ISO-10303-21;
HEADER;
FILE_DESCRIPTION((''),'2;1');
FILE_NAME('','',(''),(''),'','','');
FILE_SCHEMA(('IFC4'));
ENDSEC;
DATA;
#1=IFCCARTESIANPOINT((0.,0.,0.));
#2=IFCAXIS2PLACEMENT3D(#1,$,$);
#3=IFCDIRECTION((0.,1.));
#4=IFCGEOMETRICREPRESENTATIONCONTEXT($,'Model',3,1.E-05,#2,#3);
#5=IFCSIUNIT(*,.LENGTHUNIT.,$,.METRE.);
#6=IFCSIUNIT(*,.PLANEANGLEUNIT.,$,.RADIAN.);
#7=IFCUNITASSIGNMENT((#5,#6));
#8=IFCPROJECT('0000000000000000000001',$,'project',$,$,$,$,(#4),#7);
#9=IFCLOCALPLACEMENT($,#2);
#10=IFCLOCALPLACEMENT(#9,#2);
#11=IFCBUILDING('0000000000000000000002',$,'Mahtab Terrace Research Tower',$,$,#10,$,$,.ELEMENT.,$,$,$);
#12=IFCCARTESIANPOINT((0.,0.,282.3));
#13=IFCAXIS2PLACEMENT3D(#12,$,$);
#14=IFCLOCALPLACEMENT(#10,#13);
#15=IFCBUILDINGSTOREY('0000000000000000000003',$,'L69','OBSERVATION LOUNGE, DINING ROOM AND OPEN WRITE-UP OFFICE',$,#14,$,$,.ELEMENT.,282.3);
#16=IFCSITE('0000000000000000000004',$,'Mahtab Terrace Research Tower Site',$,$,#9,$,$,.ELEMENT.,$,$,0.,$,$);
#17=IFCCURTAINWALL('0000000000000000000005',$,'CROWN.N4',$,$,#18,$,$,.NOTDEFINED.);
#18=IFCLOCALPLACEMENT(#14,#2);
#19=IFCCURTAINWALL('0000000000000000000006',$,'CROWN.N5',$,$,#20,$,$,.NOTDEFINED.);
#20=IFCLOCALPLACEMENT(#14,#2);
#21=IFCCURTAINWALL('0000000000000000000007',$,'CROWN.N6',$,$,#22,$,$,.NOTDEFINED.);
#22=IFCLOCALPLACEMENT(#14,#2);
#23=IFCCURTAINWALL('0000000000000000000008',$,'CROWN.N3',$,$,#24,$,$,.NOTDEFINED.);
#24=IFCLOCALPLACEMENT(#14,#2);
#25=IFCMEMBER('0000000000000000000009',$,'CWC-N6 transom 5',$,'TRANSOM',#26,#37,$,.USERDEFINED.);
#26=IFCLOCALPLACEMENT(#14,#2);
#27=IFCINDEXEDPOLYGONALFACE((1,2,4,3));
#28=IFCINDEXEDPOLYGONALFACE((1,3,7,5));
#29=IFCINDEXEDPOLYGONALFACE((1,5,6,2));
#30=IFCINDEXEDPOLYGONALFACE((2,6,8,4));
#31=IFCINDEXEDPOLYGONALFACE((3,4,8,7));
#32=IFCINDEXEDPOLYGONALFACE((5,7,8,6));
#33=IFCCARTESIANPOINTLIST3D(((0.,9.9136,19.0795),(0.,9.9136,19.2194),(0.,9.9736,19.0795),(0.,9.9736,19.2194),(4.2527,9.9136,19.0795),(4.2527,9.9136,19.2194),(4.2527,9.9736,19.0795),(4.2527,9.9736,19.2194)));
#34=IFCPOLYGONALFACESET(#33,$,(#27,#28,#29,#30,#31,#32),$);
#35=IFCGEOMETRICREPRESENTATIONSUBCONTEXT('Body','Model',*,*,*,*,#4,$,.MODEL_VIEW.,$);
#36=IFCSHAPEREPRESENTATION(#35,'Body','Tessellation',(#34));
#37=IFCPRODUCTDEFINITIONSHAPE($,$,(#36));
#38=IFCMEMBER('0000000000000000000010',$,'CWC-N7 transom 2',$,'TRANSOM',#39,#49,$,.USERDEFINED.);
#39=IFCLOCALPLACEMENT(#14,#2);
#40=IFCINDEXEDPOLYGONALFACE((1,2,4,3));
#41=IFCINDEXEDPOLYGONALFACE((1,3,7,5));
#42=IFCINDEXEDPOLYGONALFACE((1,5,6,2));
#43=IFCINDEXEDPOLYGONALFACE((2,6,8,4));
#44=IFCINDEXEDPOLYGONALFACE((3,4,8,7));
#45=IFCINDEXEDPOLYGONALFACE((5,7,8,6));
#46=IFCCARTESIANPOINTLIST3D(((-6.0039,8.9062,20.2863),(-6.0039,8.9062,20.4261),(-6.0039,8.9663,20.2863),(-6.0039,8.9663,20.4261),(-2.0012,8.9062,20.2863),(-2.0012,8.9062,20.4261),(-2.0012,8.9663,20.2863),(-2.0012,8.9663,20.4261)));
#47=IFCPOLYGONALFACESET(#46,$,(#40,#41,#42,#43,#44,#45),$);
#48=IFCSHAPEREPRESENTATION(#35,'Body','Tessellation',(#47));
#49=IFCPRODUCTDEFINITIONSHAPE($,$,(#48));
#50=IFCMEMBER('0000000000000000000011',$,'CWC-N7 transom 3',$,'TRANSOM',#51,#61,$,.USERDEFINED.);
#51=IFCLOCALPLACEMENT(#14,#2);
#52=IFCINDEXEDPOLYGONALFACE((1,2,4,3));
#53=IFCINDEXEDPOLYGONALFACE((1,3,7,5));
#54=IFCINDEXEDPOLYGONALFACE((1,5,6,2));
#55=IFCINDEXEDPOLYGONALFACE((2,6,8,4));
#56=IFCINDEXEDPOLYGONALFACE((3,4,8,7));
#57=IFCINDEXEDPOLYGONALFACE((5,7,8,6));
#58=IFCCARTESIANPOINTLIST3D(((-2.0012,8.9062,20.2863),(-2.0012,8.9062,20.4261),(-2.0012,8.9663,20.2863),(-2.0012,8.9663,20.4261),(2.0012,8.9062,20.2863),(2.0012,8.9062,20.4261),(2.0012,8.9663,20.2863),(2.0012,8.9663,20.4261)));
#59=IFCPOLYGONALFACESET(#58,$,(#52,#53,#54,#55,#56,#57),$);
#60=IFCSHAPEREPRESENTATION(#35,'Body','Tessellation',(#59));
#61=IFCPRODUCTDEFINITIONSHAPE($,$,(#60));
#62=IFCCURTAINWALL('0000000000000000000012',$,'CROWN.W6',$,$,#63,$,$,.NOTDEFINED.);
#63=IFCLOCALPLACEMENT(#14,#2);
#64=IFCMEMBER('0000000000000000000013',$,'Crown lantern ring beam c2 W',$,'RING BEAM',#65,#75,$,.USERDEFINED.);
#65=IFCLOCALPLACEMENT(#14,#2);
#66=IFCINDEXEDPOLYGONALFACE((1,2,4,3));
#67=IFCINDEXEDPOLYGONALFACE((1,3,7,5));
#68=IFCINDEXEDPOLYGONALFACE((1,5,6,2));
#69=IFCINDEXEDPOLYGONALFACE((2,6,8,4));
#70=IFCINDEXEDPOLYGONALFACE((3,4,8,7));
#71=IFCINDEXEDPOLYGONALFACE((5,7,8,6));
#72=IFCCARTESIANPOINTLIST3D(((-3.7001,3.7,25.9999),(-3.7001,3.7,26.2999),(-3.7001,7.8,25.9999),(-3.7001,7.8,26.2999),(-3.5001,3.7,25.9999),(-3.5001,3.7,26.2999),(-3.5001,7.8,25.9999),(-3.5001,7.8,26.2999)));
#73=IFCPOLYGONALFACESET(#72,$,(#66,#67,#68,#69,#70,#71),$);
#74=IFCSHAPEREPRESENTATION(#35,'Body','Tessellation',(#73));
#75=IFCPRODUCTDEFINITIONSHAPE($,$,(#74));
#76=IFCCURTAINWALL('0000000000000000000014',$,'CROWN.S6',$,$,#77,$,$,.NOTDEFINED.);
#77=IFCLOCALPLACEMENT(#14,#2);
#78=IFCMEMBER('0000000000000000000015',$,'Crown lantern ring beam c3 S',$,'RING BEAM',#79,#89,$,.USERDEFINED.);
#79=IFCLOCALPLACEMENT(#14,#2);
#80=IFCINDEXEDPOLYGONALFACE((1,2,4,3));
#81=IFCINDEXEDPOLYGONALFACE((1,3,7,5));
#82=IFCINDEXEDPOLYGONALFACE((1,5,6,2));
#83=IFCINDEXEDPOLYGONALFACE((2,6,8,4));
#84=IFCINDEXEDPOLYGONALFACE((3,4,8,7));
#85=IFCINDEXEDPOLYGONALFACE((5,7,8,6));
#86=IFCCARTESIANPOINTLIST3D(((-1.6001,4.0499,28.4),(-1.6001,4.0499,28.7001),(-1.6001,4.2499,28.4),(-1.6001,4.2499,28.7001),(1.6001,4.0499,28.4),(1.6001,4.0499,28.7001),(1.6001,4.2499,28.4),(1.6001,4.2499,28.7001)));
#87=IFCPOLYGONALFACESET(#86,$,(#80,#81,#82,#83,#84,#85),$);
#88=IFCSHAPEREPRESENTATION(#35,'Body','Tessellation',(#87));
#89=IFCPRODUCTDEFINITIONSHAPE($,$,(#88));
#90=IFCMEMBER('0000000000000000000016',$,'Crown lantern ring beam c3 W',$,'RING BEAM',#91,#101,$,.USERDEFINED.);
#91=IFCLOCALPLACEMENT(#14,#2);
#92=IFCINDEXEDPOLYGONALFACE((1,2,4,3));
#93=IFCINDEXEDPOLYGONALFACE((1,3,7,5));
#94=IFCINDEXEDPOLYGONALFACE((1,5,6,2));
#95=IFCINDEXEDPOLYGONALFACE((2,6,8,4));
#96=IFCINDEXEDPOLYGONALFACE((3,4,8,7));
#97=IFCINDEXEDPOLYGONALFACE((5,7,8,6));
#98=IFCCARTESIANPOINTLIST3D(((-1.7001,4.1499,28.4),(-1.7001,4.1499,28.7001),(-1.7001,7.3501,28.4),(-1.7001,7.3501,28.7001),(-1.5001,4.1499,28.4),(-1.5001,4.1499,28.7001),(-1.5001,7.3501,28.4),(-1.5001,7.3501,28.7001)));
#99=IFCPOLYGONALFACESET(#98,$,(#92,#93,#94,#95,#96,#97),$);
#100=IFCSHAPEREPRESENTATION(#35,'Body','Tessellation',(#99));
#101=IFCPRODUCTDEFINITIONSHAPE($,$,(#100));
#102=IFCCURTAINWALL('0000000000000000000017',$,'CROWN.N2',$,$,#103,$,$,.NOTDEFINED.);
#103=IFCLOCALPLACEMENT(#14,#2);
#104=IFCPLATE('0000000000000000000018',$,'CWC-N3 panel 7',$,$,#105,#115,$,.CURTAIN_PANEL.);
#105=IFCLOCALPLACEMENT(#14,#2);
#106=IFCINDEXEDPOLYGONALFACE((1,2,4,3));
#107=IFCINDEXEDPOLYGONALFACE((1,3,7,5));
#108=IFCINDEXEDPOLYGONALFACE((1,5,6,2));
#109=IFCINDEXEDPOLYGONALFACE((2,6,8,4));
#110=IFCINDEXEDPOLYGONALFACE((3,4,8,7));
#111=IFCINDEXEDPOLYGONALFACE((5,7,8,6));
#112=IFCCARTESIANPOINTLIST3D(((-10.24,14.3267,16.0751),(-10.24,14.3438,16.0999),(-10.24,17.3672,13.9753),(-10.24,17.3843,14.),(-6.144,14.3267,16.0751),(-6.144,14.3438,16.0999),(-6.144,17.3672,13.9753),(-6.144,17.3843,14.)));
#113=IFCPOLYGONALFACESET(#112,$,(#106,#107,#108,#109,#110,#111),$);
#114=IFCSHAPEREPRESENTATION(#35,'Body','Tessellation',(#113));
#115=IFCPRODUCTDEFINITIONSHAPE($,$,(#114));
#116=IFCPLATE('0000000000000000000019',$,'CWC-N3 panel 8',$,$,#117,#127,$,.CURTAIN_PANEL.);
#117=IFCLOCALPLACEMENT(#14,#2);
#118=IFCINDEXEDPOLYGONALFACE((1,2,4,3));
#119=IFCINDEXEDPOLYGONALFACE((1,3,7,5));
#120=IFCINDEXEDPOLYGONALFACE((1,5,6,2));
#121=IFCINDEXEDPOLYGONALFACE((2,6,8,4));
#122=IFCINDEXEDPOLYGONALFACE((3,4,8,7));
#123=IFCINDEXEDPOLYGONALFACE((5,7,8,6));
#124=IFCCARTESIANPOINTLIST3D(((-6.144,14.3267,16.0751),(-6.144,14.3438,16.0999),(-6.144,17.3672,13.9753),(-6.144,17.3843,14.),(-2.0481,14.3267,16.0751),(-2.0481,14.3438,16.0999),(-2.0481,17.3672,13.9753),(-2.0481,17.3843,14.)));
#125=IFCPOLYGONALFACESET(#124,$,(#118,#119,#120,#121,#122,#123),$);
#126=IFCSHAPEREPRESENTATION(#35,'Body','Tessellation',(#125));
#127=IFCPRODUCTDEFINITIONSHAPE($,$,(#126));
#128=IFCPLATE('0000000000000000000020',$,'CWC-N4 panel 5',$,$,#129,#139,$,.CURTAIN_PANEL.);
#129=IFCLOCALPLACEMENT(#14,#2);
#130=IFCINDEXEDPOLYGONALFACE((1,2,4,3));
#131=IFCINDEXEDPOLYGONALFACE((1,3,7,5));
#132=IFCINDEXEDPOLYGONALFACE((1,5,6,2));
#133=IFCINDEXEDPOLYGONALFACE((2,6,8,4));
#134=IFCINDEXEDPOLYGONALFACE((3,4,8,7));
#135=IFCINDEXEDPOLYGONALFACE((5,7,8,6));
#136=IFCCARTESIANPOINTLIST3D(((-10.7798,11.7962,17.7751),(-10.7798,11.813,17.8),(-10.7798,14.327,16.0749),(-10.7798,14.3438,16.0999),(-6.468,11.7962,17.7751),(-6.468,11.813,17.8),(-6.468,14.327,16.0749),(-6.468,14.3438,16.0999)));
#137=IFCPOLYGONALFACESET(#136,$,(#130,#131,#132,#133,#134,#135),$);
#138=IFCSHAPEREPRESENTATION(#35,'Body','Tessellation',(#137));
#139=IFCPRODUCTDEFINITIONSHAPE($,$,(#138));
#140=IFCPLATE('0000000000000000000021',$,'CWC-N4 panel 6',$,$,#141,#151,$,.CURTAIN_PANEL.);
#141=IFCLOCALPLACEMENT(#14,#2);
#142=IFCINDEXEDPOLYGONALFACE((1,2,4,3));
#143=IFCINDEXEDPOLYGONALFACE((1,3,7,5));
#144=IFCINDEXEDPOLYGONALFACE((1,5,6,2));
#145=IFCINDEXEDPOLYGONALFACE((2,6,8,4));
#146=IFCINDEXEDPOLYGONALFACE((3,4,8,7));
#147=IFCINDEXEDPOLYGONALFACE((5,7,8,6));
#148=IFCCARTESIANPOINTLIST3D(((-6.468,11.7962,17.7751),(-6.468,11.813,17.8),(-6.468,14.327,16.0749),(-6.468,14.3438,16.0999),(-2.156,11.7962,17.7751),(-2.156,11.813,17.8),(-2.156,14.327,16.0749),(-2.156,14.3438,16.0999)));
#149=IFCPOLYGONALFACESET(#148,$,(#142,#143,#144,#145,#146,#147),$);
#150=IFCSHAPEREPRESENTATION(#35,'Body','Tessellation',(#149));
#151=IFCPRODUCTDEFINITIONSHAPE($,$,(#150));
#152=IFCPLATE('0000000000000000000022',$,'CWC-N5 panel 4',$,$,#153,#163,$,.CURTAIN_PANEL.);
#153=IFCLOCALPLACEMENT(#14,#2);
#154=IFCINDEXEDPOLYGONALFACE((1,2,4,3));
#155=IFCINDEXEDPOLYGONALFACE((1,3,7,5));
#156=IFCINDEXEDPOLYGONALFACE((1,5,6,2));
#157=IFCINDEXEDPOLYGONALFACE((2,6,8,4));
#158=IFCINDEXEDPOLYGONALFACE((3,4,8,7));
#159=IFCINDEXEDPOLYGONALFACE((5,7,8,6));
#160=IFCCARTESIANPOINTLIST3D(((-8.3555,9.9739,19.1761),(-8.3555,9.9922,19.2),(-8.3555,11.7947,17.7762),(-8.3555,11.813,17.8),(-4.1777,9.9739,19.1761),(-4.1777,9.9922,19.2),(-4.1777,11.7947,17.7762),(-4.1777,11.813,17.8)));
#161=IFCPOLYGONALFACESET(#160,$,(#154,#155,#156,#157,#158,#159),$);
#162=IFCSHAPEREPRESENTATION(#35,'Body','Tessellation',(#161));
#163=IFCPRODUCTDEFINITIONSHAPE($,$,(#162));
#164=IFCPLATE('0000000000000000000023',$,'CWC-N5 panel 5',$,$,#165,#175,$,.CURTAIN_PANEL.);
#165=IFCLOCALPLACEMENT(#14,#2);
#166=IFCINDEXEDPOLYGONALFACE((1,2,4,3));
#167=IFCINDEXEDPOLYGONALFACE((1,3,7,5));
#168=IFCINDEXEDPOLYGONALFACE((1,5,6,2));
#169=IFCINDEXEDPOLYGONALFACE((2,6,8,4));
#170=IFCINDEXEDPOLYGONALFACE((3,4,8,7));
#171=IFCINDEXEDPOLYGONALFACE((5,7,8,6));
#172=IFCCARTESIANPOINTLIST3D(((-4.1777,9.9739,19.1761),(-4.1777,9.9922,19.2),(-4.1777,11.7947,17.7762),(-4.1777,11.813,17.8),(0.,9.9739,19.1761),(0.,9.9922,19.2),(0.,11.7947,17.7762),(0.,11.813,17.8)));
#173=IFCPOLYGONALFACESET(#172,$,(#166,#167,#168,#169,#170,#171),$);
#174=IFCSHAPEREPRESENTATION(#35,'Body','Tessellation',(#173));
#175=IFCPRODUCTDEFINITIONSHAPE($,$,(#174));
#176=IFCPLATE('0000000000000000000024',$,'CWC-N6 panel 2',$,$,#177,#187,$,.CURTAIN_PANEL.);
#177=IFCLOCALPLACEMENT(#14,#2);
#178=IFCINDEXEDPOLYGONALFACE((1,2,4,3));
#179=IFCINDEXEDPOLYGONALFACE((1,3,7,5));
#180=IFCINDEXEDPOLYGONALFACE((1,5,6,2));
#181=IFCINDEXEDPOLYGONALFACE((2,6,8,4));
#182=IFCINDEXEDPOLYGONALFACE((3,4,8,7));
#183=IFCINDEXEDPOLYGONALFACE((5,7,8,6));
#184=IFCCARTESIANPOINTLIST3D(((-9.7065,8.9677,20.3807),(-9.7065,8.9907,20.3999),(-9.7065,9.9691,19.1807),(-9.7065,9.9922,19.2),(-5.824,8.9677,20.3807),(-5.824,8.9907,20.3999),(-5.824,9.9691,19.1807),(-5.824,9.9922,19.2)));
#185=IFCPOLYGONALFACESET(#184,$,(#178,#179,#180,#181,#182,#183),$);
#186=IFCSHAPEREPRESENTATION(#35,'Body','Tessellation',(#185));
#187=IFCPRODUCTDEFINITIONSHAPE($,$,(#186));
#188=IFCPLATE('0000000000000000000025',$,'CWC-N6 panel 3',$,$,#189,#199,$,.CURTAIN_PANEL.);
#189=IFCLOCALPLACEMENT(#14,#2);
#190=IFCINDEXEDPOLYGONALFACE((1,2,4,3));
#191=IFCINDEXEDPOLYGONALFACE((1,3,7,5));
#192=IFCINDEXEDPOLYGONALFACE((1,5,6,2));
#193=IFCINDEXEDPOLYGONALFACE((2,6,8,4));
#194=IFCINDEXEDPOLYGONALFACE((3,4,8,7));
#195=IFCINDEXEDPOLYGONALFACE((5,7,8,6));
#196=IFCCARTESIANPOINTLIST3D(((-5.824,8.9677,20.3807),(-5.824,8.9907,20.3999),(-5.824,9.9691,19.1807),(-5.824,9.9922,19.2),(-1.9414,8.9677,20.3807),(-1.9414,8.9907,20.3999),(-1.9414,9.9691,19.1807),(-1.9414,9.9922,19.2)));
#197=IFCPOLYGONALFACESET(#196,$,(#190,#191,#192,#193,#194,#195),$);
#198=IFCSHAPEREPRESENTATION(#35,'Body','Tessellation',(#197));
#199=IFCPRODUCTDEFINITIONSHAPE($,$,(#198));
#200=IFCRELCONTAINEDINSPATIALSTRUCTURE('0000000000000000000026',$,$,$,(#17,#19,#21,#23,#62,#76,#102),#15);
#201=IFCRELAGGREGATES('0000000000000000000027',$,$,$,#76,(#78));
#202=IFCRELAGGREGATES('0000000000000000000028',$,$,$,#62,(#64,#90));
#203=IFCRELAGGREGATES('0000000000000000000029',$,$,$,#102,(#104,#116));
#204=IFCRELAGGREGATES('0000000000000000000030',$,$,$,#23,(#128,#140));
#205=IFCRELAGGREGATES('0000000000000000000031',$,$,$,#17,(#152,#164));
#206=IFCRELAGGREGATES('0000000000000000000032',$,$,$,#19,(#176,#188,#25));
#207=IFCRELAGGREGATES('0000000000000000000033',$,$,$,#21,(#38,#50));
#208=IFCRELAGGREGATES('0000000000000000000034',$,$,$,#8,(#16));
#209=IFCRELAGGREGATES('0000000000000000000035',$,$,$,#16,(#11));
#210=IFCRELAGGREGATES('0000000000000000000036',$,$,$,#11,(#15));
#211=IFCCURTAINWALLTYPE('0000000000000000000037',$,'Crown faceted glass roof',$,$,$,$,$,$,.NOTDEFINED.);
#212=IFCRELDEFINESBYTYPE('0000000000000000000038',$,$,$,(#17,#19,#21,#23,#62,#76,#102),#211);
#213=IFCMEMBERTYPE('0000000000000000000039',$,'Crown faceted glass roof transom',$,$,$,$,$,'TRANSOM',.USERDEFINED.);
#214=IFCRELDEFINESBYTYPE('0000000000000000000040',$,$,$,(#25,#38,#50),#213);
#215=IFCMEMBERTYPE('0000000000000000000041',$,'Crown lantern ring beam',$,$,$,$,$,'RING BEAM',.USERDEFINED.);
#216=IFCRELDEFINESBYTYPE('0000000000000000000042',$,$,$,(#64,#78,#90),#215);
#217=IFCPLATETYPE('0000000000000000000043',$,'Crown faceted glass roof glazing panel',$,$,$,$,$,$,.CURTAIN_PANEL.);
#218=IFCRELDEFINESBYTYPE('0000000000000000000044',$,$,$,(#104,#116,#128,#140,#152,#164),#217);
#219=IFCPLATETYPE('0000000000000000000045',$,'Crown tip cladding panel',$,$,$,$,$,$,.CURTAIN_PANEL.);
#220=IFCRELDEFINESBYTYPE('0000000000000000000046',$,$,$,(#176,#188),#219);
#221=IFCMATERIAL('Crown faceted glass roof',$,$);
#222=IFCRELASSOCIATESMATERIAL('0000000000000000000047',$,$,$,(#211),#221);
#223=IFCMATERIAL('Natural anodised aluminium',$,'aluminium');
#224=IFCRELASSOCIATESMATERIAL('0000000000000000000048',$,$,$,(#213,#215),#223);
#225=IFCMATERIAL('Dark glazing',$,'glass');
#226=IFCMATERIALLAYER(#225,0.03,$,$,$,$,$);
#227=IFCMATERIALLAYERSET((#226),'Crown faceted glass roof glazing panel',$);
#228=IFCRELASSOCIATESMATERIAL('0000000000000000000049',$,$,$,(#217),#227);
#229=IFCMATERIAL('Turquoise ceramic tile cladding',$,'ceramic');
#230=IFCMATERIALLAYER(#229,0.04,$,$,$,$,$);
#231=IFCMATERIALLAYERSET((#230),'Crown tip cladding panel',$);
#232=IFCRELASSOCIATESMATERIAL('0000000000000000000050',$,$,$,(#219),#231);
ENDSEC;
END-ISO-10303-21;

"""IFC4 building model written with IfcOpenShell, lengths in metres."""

from ifc_helpers import new_model, si_unit, direction, frame, origin, origin_2d, place, context, subcontext, project, spatial, polyline, rectangle, outline, extrude, material, layer, layer_set, material_profile, profile_set, type_object, element, aggregate, save


model = new_model("IFC4")

# Units and contexts
model_context = context("Model", 3, precision=1e-05, world=origin(), true_north=direction((0.0, 1.0)))
body_context = subcontext(model_context, "Body", "Model", "MODEL_VIEW")
ifc_project = project(units=[si_unit("LENGTHUNIT", "METRE"), si_unit("PLANEANGLEUNIT", "RADIAN")], contexts=[model_context])

# Site, building, storey
site_placement = place(None, origin())
site = spatial("IfcSite", under=ifc_project, at=site_placement, Name="Mahtab Terrace Research Tower Site", CompositionType="ELEMENT", RefElevation=0.0)
building_placement = place(site_placement, origin())
building = spatial("IfcBuilding", under=site, at=building_placement, Name="Mahtab Terrace Research Tower", CompositionType="ELEMENT")
storey_placement = place(building_placement, frame((0.0, 0.0, 282.3)))
storey = spatial("IfcBuildingStorey", under=building, at=storey_placement, Name="L69", Description="OBSERVATION LOUNGE, DINING ROOM AND OPEN WRITE-UP OFFICE", CompositionType="ELEMENT", Elevation=282.3)

# Curtain walls
ifc_material_1 = material(Name="Crown faceted glass roof")
curtain_wall_type = type_object("IfcCurtainWallType", Name="Crown faceted glass roof", PredefinedType="NOTDEFINED", material=ifc_material_1)
curtain_wall_1_placement = place(storey_placement, origin())
curtain_wall_1 = element("IfcCurtainWall", 1, at=curtain_wall_1_placement, inside=storey, type_object=curtain_wall_type, Name="CROWN.N4", PredefinedType="NOTDEFINED")
ifc_material_2 = material(Name="Natural anodised aluminium", Category="aluminium")
curtain_wall_2_placement = place(storey_placement, origin())
curtain_wall_2 = element("IfcCurtainWall", 2, at=curtain_wall_2_placement, inside=storey, type_object=curtain_wall_type, Name="CROWN.N5", PredefinedType="NOTDEFINED")
curtain_wall_3_placement = place(storey_placement, origin())
curtain_wall_3 = element("IfcCurtainWall", 3, at=curtain_wall_3_placement, inside=storey, type_object=curtain_wall_type, Name="CROWN.N6", PredefinedType="NOTDEFINED")

# Curtain wall
curtain_wall_4_placement = place(storey_placement, origin())
curtain_wall_4 = element("IfcCurtainWall", 4, at=curtain_wall_4_placement, inside=storey, type_object=curtain_wall_type, Name="CROWN.N3", PredefinedType="NOTDEFINED")
ifc_material_profile_1 = material_profile(ifc_material_2, rectangle(XDim=0.0601, YDim=0.1399, at=origin_2d()), Name="TRANSOM 60x140")
ifc_profile_set_1 = profile_set([ifc_material_profile_1], Name="Natural anodised aluminium")
member_type_1 = type_object("IfcMemberType", Name="Crown faceted glass roof transom", ElementType="TRANSOM", PredefinedType="USERDEFINED", material=ifc_profile_set_1)

# Members
member_1_placement = place(storey_placement, frame((0.0, 9.9436, 19.1494), z_axis=(1.0, 0.0, 0.0), x_axis=(0.0, 1.0, 0.0)))
member_1 = element("IfcMember", 5, at=member_1_placement, type_object=member_type_1, Name="CWC-N6 transom 5", ObjectType="TRANSOM", PredefinedType="USERDEFINED", context=body_context, shape_type="SweptSolid", body=[
    extrude(rectangle(XDim=0.0601, YDim=0.1399, at=origin_2d()), origin(), (0.0, 0.0, 1.0), 4.2527),
])
member_2_placement = place(storey_placement, frame((-6.0039, 8.9363, 20.3562), z_axis=(1.0, 0.0, 0.0), x_axis=(0.0, 1.0, 0.0)))
member_2 = element("IfcMember", 6, at=member_2_placement, type_object=member_type_1, Name="CWC-N7 transom 2", ObjectType="TRANSOM", PredefinedType="USERDEFINED", context=body_context, shape_type="SweptSolid", body=[
    extrude(rectangle(XDim=0.0601, YDim=0.1399, at=origin_2d()), origin(), (0.0, 0.0, 1.0), 4.0027),
])
member_3_placement = place(storey_placement, frame((-2.0012, 8.9363, 20.3562), z_axis=(1.0, 0.0, 0.0), x_axis=(0.0, 1.0, 0.0)))
member_3 = element("IfcMember", 7, at=member_3_placement, type_object=member_type_1, Name="CWC-N7 transom 3", ObjectType="TRANSOM", PredefinedType="USERDEFINED", context=body_context, shape_type="SweptSolid", body=[
    extrude(rectangle(XDim=0.0601, YDim=0.1399, at=origin_2d()), origin(), (0.0, 0.0, 1.0), 4.0024),
])

# Curtain walls, members
curtain_wall_5_placement = place(storey_placement, origin())
curtain_wall_5 = element("IfcCurtainWall", 8, at=curtain_wall_5_placement, inside=storey, type_object=curtain_wall_type, Name="CROWN.W6", PredefinedType="NOTDEFINED")
ifc_material_profile_2 = material_profile(ifc_material_2, rectangle(XDim=0.2, YDim=0.3, at=origin_2d()), Name="RING BEAM 200x300")
ifc_profile_set_2 = profile_set([ifc_material_profile_2], Name="Natural anodised aluminium")
member_type_2 = type_object("IfcMemberType", Name="Crown lantern ring beam", ElementType="RING BEAM", PredefinedType="USERDEFINED", material=ifc_profile_set_2)
member_4_placement = place(storey_placement, frame((-3.6001, 7.8, 26.1499), z_axis=(0.0, -1.0, 0.0), x_axis=(1.0, 0.0, 0.0)))
member_4 = element("IfcMember", 9, at=member_4_placement, type_object=member_type_2, Name="Crown lantern ring beam c2 W", ObjectType="RING BEAM", PredefinedType="USERDEFINED", context=body_context, shape_type="SweptSolid", body=[
    extrude(rectangle(XDim=0.2, YDim=0.3, at=origin_2d()), origin(), (0.0, 0.0, 1.0), 4.1001),
])
curtain_wall_6_placement = place(storey_placement, origin())
curtain_wall_6 = element("IfcCurtainWall", 10, at=curtain_wall_6_placement, inside=storey, type_object=curtain_wall_type, Name="CROWN.S6", PredefinedType="NOTDEFINED")
member_5_placement = place(storey_placement, frame((-1.6001, 4.1499, 28.55), z_axis=(1.0, 0.0, 0.0), x_axis=(0.0, 1.0, 0.0)))
member_5 = element("IfcMember", 11, at=member_5_placement, type_object=member_type_2, Name="Crown lantern ring beam c3 S", ObjectType="RING BEAM", PredefinedType="USERDEFINED", context=body_context, shape_type="SweptSolid", body=[
    extrude(rectangle(XDim=0.2, YDim=0.3, at=origin_2d()), origin(), (0.0, 0.0, 1.0), 3.2002),
])
aggregate(curtain_wall_6, [member_5])

# Member
member_6_placement = place(storey_placement, frame((-1.6001, 7.3501, 28.55), z_axis=(0.0, -1.0, 0.0), x_axis=(1.0, 0.0, 0.0)))
member_6 = element("IfcMember", 12, at=member_6_placement, type_object=member_type_2, Name="Crown lantern ring beam c3 W", ObjectType="RING BEAM", PredefinedType="USERDEFINED", context=body_context, shape_type="SweptSolid", body=[
    extrude(rectangle(XDim=0.2, YDim=0.3, at=origin_2d()), origin(), (0.0, 0.0, 1.0), 3.2002),
])
aggregate(curtain_wall_5, [member_4, member_6])

# Curtain wall, plates
curtain_wall_7_placement = place(storey_placement, origin())
curtain_wall_7 = element("IfcCurtainWall", 13, at=curtain_wall_7_placement, inside=storey, type_object=curtain_wall_type, Name="CROWN.N2", PredefinedType="NOTDEFINED")
ifc_material_3 = material(Name="Dark glazing", Category="glass")
ifc_layer_1 = layer(ifc_material_3, 0.03)
ifc_layer_set_1 = layer_set([ifc_layer_1], Name="Crown faceted glass roof glazing panel")
plate_type_1 = type_object("IfcPlateType", Name="Crown faceted glass roof glazing panel", PredefinedType="CURTAIN_PANEL", material=ifc_layer_set_1)
plate_1_placement = place(storey_placement, frame((-6.144, 14.3438, 16.0999), z_axis=(0.0, 0.568272, 0.822841), x_axis=(0.0, 0.822841, -0.568272)))
plate_1 = element("IfcPlate", 14, at=plate_1_placement, type_object=plate_type_1, Name="CWC-N3 panel 7", PredefinedType="CURTAIN_PANEL", context=body_context, shape_type="SweptSolid", body=[
    extrude(outline(polyline([(0.0, 0.0), (3.6952, 0.0), (3.6952, 4.0959), (0.0, 4.0959), (0.0, 0.0)])), origin(), (0.0, 0.0, -1.0), 0.03),
])
plate_2_placement = place(storey_placement, frame((-2.0481, 14.3438, 16.0999), z_axis=(0.0, 0.568272, 0.822841), x_axis=(0.0, 0.822841, -0.568272)))
plate_2 = element("IfcPlate", 15, at=plate_2_placement, type_object=plate_type_1, Name="CWC-N3 panel 8", PredefinedType="CURTAIN_PANEL", context=body_context, shape_type="SweptSolid", body=[
    extrude(outline(polyline([(0.0, 0.0), (3.6952, 0.0), (3.6952, 4.0959), (0.0, 4.0959), (0.0, 0.0)])), origin(), (0.0, 0.0, -1.0), 0.03),
])
aggregate(curtain_wall_7, [plate_1, plate_2])

# Plates
plate_3_placement = place(storey_placement, frame((-6.468, 11.813, 17.8), z_axis=(0.0, 0.557653, 0.830074), x_axis=(0.0, 0.830074, -0.557653)))
plate_3 = element("IfcPlate", 16, at=plate_3_placement, type_object=plate_type_1, Name="CWC-N4 panel 5", PredefinedType="CURTAIN_PANEL", context=body_context, shape_type="SweptSolid", body=[
    extrude(outline(polyline([(0.0, 0.0), (3.0488, 0.0), (3.0488, 4.3118), (0.0, 4.3118), (0.0, 0.0)])), origin(), (0.0, 0.0, -1.0), 0.03),
])
plate_4_placement = place(storey_placement, frame((-2.156, 11.813, 17.8), z_axis=(0.0, 0.557653, 0.830074), x_axis=(0.0, 0.830074, -0.557653)))
plate_4 = element("IfcPlate", 17, at=plate_4_placement, type_object=plate_type_1, Name="CWC-N4 panel 6", PredefinedType="CURTAIN_PANEL", context=body_context, shape_type="SweptSolid", body=[
    extrude(outline(polyline([(0.0, 0.0), (3.0488, 0.0), (3.0488, 4.312), (0.0, 4.312), (0.0, 0.0)])), origin(), (0.0, 0.0, -1.0), 0.03),
])
aggregate(curtain_wall_4, [plate_3, plate_4])
plate_5_placement = place(storey_placement, frame((-4.1777, 9.9922, 19.2), z_axis=(0.0, 0.609516, 0.792774), x_axis=(0.0, 0.792774, -0.609516)))
plate_5 = element("IfcPlate", 18, at=plate_5_placement, type_object=plate_type_1, Name="CWC-N5 panel 4", PredefinedType="CURTAIN_PANEL", context=body_context, shape_type="SweptSolid", body=[
    extrude(outline(polyline([(0.0, 0.0), (2.2967, 0.0), (2.2967, 4.1777), (0.0, 4.1777), (0.0, 0.0)])), origin(), (0.0, 0.0, -1.0), 0.03),
])
plate_6_placement = place(storey_placement, frame((0.0, 9.9922, 19.2), z_axis=(0.0, 0.609516, 0.792774), x_axis=(0.0, 0.792774, -0.609516)))
plate_6 = element("IfcPlate", 19, at=plate_6_placement, type_object=plate_type_1, Name="CWC-N5 panel 5", PredefinedType="CURTAIN_PANEL", context=body_context, shape_type="SweptSolid", body=[
    extrude(outline(polyline([(0.0, 0.0), (2.2967, 0.0), (2.2967, 4.1777), (0.0, 4.1777), (0.0, 0.0)])), origin(), (0.0, 0.0, -1.0), 0.03),
])
aggregate(curtain_wall_1, [plate_5, plate_6])
ifc_material_4 = material(Name="Turquoise ceramic tile cladding", Category="ceramic")
ifc_layer_2 = layer(ifc_material_4, 0.04)
ifc_layer_set_2 = layer_set([ifc_layer_2], Name="Crown tip cladding panel")
plate_type_2 = type_object("IfcPlateType", Name="Crown tip cladding panel", PredefinedType="CURTAIN_PANEL", material=ifc_layer_set_2)
plate_7_placement = place(storey_placement, frame((-5.824, 8.9907, 20.3999), z_axis=(0.0, 0.767747, 0.640753), x_axis=(0.0, 0.640753, -0.767747)))
plate_7 = element("IfcPlate", 20, at=plate_7_placement, type_object=plate_type_2, Name="CWC-N6 panel 2", PredefinedType="CURTAIN_PANEL", context=body_context, shape_type="SweptSolid", body=[
    extrude(outline(polyline([(0.0, 0.0), (1.563, 0.0), (1.563, 3.8826), (0.0, 3.8826), (0.0, 0.0)])), origin(), (0.0, 0.0, -1.0), 0.03),
])
plate_8_placement = place(storey_placement, frame((-1.9414, 8.9907, 20.3999), z_axis=(0.0, 0.767747, 0.640753), x_axis=(0.0, 0.640753, -0.767747)))
plate_8 = element("IfcPlate", 21, at=plate_8_placement, type_object=plate_type_2, Name="CWC-N6 panel 3", PredefinedType="CURTAIN_PANEL", context=body_context, shape_type="SweptSolid", body=[
    extrude(outline(polyline([(0.0, 0.0), (1.563, 0.0), (1.563, 3.8826), (0.0, 3.8826), (0.0, 0.0)])), origin(), (0.0, 0.0, -1.0), 0.03),
])
aggregate(curtain_wall_2, [plate_7, plate_8, member_1])
aggregate(curtain_wall_3, [member_2, member_3])

save(model, "model.ifc")
